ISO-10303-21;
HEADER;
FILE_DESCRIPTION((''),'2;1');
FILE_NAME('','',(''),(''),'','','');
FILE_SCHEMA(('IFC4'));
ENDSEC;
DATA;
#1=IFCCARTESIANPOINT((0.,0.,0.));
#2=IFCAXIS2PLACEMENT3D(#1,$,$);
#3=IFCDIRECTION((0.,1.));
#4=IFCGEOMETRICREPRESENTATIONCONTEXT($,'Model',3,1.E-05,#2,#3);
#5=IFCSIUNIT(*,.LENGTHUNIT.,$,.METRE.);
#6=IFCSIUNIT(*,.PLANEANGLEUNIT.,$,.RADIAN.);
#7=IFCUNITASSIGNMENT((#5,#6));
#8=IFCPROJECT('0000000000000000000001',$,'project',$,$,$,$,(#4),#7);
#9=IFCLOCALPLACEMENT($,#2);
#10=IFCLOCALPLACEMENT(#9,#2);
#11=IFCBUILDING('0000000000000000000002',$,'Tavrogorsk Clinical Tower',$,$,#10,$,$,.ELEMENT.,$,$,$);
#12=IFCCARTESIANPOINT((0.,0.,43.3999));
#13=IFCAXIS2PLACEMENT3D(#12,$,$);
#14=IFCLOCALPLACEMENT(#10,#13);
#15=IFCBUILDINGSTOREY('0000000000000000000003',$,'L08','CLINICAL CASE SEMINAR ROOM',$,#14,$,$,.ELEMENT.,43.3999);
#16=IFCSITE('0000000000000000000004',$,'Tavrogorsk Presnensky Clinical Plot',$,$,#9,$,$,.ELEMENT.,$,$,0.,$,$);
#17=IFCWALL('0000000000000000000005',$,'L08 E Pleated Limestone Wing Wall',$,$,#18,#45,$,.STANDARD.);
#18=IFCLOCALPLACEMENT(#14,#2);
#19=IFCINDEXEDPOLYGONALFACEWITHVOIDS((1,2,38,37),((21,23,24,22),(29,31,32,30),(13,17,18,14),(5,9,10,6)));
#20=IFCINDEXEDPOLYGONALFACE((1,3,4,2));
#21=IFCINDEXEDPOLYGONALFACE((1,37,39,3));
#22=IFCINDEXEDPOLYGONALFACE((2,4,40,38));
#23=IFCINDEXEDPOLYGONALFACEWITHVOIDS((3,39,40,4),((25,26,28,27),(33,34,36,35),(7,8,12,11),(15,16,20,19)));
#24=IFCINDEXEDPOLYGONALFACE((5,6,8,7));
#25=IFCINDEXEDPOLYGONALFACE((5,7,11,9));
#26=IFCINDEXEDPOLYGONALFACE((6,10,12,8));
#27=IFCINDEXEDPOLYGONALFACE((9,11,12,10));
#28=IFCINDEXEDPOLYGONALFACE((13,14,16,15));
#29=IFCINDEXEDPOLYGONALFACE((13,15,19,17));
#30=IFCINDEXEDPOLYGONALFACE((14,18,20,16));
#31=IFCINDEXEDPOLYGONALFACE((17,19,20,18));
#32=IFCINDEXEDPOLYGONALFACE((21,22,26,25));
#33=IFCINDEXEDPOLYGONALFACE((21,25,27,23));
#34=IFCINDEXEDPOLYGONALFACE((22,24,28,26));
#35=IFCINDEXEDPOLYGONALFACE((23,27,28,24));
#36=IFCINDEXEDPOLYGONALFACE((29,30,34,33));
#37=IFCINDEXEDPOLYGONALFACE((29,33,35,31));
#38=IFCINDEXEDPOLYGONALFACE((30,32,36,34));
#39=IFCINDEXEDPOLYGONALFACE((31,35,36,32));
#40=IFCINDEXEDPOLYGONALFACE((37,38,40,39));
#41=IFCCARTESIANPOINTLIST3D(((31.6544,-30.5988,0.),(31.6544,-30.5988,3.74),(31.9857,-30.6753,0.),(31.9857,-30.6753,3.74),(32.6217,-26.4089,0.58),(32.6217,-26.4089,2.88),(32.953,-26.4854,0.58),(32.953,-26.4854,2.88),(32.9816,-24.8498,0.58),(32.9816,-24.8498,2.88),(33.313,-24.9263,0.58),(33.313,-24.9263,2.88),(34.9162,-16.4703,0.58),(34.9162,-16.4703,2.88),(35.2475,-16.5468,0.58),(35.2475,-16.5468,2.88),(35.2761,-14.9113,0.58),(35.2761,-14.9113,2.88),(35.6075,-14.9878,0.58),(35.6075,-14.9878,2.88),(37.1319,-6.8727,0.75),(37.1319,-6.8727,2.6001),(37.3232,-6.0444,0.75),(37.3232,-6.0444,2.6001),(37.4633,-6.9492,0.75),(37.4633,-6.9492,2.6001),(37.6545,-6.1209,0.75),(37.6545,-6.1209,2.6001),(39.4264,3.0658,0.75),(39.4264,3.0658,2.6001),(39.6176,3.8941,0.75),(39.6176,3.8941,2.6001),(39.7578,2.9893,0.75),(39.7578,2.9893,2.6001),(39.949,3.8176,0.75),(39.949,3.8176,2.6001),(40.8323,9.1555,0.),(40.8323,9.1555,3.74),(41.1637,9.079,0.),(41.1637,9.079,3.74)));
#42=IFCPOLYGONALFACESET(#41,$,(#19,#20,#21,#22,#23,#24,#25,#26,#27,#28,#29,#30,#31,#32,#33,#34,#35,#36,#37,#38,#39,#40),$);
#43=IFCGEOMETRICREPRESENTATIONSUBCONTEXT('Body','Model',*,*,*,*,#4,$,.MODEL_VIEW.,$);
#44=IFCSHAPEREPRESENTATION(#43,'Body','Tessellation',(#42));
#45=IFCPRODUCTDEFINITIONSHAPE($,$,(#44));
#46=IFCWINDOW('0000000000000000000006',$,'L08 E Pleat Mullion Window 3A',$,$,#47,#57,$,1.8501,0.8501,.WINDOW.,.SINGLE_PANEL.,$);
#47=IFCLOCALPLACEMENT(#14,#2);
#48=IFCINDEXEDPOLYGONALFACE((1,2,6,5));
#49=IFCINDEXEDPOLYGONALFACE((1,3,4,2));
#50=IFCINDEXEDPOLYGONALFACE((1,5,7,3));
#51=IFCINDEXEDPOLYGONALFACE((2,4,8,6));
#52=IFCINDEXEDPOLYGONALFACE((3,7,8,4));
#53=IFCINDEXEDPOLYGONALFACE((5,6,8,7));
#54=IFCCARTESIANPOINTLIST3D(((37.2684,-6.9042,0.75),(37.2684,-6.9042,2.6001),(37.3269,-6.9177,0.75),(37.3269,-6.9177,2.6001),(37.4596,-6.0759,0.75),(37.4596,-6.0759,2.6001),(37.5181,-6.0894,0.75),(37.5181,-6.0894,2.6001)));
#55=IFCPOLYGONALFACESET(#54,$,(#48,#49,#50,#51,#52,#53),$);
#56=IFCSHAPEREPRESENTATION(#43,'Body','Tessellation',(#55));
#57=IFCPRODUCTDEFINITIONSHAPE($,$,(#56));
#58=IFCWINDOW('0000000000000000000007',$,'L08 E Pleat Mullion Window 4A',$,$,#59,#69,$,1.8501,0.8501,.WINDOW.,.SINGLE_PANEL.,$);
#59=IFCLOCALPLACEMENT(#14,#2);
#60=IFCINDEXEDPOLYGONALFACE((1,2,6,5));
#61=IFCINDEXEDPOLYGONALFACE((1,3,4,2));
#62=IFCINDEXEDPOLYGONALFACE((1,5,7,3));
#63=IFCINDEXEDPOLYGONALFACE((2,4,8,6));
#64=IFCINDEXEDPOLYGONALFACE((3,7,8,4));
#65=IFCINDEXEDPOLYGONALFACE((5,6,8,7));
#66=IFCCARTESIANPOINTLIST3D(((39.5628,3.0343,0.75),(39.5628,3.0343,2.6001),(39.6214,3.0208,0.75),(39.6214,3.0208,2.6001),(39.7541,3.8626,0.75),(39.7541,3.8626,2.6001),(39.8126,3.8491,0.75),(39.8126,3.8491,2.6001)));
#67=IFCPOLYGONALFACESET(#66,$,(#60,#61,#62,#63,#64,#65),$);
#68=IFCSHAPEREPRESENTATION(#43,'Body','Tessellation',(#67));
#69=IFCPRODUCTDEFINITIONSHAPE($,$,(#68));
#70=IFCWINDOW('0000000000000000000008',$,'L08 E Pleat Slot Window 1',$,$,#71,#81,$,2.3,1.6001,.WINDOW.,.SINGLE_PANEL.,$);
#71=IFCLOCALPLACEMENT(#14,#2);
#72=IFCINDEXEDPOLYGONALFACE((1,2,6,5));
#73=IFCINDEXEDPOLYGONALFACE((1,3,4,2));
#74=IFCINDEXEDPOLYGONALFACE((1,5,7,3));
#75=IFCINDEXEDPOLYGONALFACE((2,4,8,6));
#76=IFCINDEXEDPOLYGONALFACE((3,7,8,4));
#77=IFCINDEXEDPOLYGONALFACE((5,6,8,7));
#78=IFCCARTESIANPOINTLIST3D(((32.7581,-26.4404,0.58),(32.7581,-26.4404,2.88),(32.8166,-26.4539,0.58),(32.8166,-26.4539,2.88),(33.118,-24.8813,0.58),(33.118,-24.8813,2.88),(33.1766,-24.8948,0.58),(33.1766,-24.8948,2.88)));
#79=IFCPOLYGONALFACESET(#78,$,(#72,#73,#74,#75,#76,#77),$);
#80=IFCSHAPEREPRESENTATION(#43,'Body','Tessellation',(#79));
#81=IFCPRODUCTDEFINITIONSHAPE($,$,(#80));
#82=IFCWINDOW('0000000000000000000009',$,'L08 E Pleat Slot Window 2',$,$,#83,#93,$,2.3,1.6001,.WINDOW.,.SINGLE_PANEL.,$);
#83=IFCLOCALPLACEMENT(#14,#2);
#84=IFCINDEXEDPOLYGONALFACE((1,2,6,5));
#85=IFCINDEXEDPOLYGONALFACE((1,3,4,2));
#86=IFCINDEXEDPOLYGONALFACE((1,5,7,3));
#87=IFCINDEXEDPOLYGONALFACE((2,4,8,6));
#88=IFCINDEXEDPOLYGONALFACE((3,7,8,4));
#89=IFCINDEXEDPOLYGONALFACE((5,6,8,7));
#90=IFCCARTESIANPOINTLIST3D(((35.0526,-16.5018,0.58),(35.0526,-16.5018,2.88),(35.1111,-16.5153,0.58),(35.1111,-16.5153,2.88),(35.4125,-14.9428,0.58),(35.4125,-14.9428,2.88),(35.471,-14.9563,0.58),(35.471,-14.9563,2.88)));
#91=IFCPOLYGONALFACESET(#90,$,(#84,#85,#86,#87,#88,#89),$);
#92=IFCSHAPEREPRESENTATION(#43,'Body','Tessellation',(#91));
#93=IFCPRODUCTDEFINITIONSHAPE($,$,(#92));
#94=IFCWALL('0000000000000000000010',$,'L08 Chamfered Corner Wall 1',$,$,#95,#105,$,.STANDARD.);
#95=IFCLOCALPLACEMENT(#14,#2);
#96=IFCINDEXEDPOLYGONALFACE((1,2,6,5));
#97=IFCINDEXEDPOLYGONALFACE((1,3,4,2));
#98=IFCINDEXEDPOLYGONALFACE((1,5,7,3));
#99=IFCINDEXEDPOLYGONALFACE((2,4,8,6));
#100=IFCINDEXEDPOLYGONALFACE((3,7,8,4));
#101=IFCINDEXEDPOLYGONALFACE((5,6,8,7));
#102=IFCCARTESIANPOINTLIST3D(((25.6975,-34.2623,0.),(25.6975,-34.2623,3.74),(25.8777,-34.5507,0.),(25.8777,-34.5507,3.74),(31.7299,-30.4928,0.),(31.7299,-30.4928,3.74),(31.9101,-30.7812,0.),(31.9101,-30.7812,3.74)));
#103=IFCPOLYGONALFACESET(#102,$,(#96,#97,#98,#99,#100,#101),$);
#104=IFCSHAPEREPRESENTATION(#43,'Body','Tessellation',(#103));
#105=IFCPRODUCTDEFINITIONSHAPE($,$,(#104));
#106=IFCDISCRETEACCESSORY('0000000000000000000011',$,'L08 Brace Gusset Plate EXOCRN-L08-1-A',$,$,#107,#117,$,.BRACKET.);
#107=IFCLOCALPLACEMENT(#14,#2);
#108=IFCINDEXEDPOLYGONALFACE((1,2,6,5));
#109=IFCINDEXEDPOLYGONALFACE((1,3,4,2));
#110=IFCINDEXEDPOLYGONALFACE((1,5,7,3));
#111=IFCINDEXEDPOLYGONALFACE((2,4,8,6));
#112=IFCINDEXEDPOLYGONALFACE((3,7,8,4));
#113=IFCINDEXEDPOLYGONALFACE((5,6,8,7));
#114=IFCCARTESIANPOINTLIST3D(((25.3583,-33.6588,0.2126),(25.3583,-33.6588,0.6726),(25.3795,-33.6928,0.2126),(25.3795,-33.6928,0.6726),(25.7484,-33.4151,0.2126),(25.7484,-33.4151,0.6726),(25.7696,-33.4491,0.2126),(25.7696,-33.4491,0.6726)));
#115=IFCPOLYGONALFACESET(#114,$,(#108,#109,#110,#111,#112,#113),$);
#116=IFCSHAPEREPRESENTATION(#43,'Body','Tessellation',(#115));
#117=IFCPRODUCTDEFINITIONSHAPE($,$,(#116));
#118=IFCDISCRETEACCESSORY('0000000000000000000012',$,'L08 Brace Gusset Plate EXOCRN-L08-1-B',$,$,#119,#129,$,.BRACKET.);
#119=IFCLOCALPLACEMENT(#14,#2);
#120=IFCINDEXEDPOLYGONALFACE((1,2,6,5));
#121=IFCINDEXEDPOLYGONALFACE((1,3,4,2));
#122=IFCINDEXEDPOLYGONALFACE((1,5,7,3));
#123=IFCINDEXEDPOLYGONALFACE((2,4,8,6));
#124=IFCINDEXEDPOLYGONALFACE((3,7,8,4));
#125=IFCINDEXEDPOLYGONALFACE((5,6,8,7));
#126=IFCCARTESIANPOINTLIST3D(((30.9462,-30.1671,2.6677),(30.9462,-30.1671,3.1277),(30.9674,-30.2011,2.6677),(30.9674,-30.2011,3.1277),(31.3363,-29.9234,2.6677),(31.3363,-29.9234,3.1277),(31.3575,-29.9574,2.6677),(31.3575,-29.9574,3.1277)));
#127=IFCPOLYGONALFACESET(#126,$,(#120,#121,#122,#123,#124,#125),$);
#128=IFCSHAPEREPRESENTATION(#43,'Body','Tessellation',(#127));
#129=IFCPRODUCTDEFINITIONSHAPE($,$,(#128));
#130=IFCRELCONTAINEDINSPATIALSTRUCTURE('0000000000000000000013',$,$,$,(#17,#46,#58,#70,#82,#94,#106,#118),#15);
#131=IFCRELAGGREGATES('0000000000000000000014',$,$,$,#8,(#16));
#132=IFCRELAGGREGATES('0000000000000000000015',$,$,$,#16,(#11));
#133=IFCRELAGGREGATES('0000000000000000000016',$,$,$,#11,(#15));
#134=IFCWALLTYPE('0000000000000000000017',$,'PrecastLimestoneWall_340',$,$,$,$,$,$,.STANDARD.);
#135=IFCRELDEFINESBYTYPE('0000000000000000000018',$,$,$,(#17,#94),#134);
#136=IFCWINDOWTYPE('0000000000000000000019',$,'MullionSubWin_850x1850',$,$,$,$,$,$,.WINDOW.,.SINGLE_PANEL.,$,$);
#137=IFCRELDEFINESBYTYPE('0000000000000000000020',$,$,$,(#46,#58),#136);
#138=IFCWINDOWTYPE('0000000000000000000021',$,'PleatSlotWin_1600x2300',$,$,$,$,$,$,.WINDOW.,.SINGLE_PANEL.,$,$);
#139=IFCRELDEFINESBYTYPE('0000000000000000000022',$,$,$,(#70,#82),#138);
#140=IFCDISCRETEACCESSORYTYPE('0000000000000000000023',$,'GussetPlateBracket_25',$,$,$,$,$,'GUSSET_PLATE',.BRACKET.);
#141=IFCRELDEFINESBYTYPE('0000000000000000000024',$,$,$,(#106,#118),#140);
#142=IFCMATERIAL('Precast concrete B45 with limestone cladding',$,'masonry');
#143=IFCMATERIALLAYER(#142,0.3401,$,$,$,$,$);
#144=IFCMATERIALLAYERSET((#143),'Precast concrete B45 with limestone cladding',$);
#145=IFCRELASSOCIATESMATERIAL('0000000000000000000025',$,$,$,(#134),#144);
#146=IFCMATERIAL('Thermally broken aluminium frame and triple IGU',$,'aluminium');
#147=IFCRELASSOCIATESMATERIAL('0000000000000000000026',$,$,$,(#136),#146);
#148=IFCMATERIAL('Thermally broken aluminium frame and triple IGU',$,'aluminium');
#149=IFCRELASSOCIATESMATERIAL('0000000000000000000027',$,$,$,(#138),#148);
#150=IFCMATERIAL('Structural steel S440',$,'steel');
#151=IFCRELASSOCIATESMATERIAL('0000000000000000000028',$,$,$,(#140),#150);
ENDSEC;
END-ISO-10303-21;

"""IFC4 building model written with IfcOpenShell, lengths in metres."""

from ifc_helpers import new_model, si_unit, direction, frame, frame_2d, origin, origin_2d, place, context, subcontext, project, spatial, rectangle, extrude, material, layer, layer_set, type_object, element, fill, save


model = new_model("IFC4")

# Units and contexts
model_context = context("Model", 3, precision=1e-05, world=origin(), true_north=direction((0.0, 1.0)))
body_context = subcontext(model_context, "Body", "Model", "MODEL_VIEW")
ifc_project = project(units=[si_unit("LENGTHUNIT", "METRE"), si_unit("PLANEANGLEUNIT", "RADIAN")], contexts=[model_context])

# Site, building, storey
site_placement = place(None, origin())
site = spatial("IfcSite", under=ifc_project, at=site_placement, Name="Tavrogorsk Presnensky Clinical Plot", CompositionType="ELEMENT", RefElevation=0.0)
building_placement = place(site_placement, origin())
building = spatial("IfcBuilding", under=site, at=building_placement, Name="Tavrogorsk Clinical Tower", CompositionType="ELEMENT")
storey_placement = place(building_placement, frame((0.0, 0.0, 43.3999)))
storey = spatial("IfcBuildingStorey", under=building, at=storey_placement, Name="L08", Description="CLINICAL CASE SEMINAR ROOM", CompositionType="ELEMENT", Elevation=43.3999)

# Wall, openings, windows
ifc_material_1 = material(Name="Precast concrete B45 with limestone cladding", Category="masonry")
ifc_layer_1 = layer(ifc_material_1, 0.3401)
ifc_layer_set_1 = layer_set([ifc_layer_1], Name="Precast concrete B45 with limestone cladding")
wall_type_1 = type_object("IfcWallType", Name="PrecastLimestoneWall_340", PredefinedType="STANDARD", material=ifc_layer_set_1)
wall_1_placement = place(storey_placement, frame((31.8201, -30.637, 0.0), z_axis=(0.0, 0.0, 1.0), x_axis=(0.22495, 0.97437, 0.0)))
wall_1 = element("IfcWall", 1, at=wall_1_placement, inside=storey, type_object=wall_type_1, Name="L08 E Pleated Limestone Wing Wall", PredefinedType="STANDARD", context=body_context, shape_type="SweptSolid", body=[
    extrude(rectangle(XDim=40.8, YDim=0.3401, at=frame_2d((20.3999, 0.0))), origin(), (0.0, 0.0, 1.0), 3.74),
])
opening_1_placement = place(wall_1_placement, frame((4.3, 0.0, 0.5801)))
opening_1 = element("IfcOpeningElement", 2, at=opening_1_placement, cuts=wall_1, PredefinedType="OPENING", context=body_context, shape_type="SweptSolid", body=[
    extrude(rectangle(XDim=1.6001, YDim=2.3, at=frame_2d((0.8, 1.1499))), frame((0.0, 0.1799, 0.0), z_axis=(0.0, -1.0, 0.0), x_axis=(1.0, 0.0, 0.0)), (0.0, 0.0, 1.0), 0.3601),
])
opening_2_placement = place(wall_1_placement, frame((14.5, 0.0, 0.5801)))
opening_2 = element("IfcOpeningElement", 3, at=opening_2_placement, cuts=wall_1, PredefinedType="OPENING", context=body_context, shape_type="SweptSolid", body=[
    extrude(rectangle(XDim=1.6001, YDim=2.3, at=frame_2d((0.8, 1.1499))), frame((0.0, 0.1799, 0.0), z_axis=(0.0, -1.0, 0.0), x_axis=(1.0, 0.0, 0.0)), (0.0, 0.0, 1.0), 0.3601),
])
opening_3_placement = place(wall_1_placement, frame((24.3501, 0.0, 0.75)))
opening_3 = element("IfcOpeningElement", 4, at=opening_3_placement, cuts=wall_1, PredefinedType="OPENING", context=body_context, shape_type="SweptSolid", body=[
    extrude(rectangle(XDim=0.8501, YDim=1.8501, at=frame_2d((0.425, 0.925))), frame((0.0, 0.1799, 0.0), z_axis=(0.0, -1.0, 0.0), x_axis=(1.0, 0.0, 0.0)), (0.0, 0.0, 1.0), 0.3601),
])
opening_4_placement = place(wall_1_placement, frame((34.55, 0.0, 0.75)))
opening_4 = element("IfcOpeningElement", 5, at=opening_4_placement, cuts=wall_1, PredefinedType="OPENING", context=body_context, shape_type="SweptSolid", body=[
    extrude(rectangle(XDim=0.8501, YDim=1.8501, at=frame_2d((0.425, 0.925))), frame((0.0, 0.1799, 0.0), z_axis=(0.0, -1.0, 0.0), x_axis=(1.0, 0.0, 0.0)), (0.0, 0.0, 1.0), 0.3601),
])
ifc_material_2 = material(Name="Thermally broken aluminium frame and triple IGU", Category="aluminium")
window_type_1 = type_object("IfcWindowType", Name="MullionSubWin_850x1850", PartitioningType="SINGLE_PANEL", PredefinedType="WINDOW", material=ifc_material_2)
window_1_placement = place(opening_3_placement, origin())
window_1 = element("IfcWindow", 6, at=window_1_placement, inside=storey, type_object=window_type_1, Name="L08 E Pleat Mullion Window 3A", OverallHeight=1.8501, OverallWidth=0.8501, PartitioningType="SINGLE_PANEL", PredefinedType="WINDOW", context=body_context, shape_type="SweptSolid", body=[
    extrude(rectangle(XDim=0.8501, YDim=1.8501, at=frame_2d((0.425, 0.925))), frame((0.0, 0.03, 0.0), z_axis=(0.0, -1.0, 0.0), x_axis=(1.0, 0.0, 0.0)), (0.0, 0.0, 1.0), 0.0601),
])
fill(opening_3, window_1)
window_2_placement = place(opening_4_placement, origin())
window_2 = element("IfcWindow", 7, at=window_2_placement, inside=storey, type_object=window_type_1, Name="L08 E Pleat Mullion Window 4A", OverallHeight=1.8501, OverallWidth=0.8501, PartitioningType="SINGLE_PANEL", PredefinedType="WINDOW", context=body_context, shape_type="SweptSolid", body=[
    extrude(rectangle(XDim=0.8501, YDim=1.8501, at=frame_2d((0.425, 0.925))), frame((0.0, 0.03, 0.0), z_axis=(0.0, -1.0, 0.0), x_axis=(1.0, 0.0, 0.0)), (0.0, 0.0, 1.0), 0.0601),
])
fill(opening_4, window_2)
ifc_material_3 = material(Name="Thermally broken aluminium frame and triple IGU", Category="aluminium")
window_type_2 = type_object("IfcWindowType", Name="PleatSlotWin_1600x2300", PartitioningType="SINGLE_PANEL", PredefinedType="WINDOW", material=ifc_material_3)
window_3_placement = place(opening_1_placement, origin())
window_3 = element("IfcWindow", 8, at=window_3_placement, inside=storey, type_object=window_type_2, Name="L08 E Pleat Slot Window 1", OverallHeight=2.3, OverallWidth=1.6001, PartitioningType="SINGLE_PANEL", PredefinedType="WINDOW", context=body_context, shape_type="SweptSolid", body=[
    extrude(rectangle(XDim=1.6001, YDim=2.3, at=frame_2d((0.8, 1.1499))), frame((0.0, 0.03, 0.0), z_axis=(0.0, -1.0, 0.0), x_axis=(1.0, 0.0, 0.0)), (0.0, 0.0, 1.0), 0.0601),
])
fill(opening_1, window_3)
window_4_placement = place(opening_2_placement, origin())
window_4 = element("IfcWindow", 9, at=window_4_placement, inside=storey, type_object=window_type_2, Name="L08 E Pleat Slot Window 2", OverallHeight=2.3, OverallWidth=1.6001, PartitioningType="SINGLE_PANEL", PredefinedType="WINDOW", context=body_context, shape_type="SweptSolid", body=[
    extrude(rectangle(XDim=1.6001, YDim=2.3, at=frame_2d((0.8, 1.1499))), frame((0.0, 0.03, 0.0), z_axis=(0.0, -1.0, 0.0), x_axis=(1.0, 0.0, 0.0)), (0.0, 0.0, 1.0), 0.0601),
])
fill(opening_2, window_4)

# Wall
wall_2_placement = place(storey_placement, frame((25.7876, -34.4065, 0.0), z_axis=(0.0, 0.0, 1.0), x_axis=(0.848047, 0.529922, 0.0)))
element("IfcWall", 10, at=wall_2_placement, inside=storey, type_object=wall_type_1, Name="L08 Chamfered Corner Wall 1", PredefinedType="STANDARD", context=body_context, shape_type="SweptSolid", body=[
    extrude(rectangle(XDim=7.1133, YDim=0.3401, at=frame_2d((3.5566, 0.0))), origin(), (0.0, 0.0, 1.0), 3.74),
])

# Discrete accessories
ifc_material_4 = material(Name="Structural steel S440", Category="steel")
discrete_accessory_type = type_object("IfcDiscreteAccessoryType", Name="GussetPlateBracket_25", ElementType="GUSSET_PLATE", PredefinedType="BRACKET", material=ifc_material_4)
for number, where, z_axis, x_axis, name in (
    (11, (25.564, -33.554, 0.2126), (0.0, 0.0, 1.0), (0.848048, 0.529919, 0.0), "L08 Brace Gusset Plate EXOCRN-L08-1-A"),
    (12, (31.1519, -30.0623, 2.6677), (0.0, 0.0, 1.0), (0.848048, 0.529919, 0.0), "L08 Brace Gusset Plate EXOCRN-L08-1-B"),
):
    element("IfcDiscreteAccessory", number, at=place(storey_placement, frame(where, z_axis=z_axis, x_axis=x_axis)), inside=storey, type_object=discrete_accessory_type, Name=name, PredefinedType="BRACKET", context=body_context, shape_type="SweptSolid", body=[
        extrude(rectangle(XDim=0.46, YDim=0.04, at=origin_2d()), origin(), (0.0, 0.0, 1.0), 0.46),
    ])

save(model, "model.ifc")
